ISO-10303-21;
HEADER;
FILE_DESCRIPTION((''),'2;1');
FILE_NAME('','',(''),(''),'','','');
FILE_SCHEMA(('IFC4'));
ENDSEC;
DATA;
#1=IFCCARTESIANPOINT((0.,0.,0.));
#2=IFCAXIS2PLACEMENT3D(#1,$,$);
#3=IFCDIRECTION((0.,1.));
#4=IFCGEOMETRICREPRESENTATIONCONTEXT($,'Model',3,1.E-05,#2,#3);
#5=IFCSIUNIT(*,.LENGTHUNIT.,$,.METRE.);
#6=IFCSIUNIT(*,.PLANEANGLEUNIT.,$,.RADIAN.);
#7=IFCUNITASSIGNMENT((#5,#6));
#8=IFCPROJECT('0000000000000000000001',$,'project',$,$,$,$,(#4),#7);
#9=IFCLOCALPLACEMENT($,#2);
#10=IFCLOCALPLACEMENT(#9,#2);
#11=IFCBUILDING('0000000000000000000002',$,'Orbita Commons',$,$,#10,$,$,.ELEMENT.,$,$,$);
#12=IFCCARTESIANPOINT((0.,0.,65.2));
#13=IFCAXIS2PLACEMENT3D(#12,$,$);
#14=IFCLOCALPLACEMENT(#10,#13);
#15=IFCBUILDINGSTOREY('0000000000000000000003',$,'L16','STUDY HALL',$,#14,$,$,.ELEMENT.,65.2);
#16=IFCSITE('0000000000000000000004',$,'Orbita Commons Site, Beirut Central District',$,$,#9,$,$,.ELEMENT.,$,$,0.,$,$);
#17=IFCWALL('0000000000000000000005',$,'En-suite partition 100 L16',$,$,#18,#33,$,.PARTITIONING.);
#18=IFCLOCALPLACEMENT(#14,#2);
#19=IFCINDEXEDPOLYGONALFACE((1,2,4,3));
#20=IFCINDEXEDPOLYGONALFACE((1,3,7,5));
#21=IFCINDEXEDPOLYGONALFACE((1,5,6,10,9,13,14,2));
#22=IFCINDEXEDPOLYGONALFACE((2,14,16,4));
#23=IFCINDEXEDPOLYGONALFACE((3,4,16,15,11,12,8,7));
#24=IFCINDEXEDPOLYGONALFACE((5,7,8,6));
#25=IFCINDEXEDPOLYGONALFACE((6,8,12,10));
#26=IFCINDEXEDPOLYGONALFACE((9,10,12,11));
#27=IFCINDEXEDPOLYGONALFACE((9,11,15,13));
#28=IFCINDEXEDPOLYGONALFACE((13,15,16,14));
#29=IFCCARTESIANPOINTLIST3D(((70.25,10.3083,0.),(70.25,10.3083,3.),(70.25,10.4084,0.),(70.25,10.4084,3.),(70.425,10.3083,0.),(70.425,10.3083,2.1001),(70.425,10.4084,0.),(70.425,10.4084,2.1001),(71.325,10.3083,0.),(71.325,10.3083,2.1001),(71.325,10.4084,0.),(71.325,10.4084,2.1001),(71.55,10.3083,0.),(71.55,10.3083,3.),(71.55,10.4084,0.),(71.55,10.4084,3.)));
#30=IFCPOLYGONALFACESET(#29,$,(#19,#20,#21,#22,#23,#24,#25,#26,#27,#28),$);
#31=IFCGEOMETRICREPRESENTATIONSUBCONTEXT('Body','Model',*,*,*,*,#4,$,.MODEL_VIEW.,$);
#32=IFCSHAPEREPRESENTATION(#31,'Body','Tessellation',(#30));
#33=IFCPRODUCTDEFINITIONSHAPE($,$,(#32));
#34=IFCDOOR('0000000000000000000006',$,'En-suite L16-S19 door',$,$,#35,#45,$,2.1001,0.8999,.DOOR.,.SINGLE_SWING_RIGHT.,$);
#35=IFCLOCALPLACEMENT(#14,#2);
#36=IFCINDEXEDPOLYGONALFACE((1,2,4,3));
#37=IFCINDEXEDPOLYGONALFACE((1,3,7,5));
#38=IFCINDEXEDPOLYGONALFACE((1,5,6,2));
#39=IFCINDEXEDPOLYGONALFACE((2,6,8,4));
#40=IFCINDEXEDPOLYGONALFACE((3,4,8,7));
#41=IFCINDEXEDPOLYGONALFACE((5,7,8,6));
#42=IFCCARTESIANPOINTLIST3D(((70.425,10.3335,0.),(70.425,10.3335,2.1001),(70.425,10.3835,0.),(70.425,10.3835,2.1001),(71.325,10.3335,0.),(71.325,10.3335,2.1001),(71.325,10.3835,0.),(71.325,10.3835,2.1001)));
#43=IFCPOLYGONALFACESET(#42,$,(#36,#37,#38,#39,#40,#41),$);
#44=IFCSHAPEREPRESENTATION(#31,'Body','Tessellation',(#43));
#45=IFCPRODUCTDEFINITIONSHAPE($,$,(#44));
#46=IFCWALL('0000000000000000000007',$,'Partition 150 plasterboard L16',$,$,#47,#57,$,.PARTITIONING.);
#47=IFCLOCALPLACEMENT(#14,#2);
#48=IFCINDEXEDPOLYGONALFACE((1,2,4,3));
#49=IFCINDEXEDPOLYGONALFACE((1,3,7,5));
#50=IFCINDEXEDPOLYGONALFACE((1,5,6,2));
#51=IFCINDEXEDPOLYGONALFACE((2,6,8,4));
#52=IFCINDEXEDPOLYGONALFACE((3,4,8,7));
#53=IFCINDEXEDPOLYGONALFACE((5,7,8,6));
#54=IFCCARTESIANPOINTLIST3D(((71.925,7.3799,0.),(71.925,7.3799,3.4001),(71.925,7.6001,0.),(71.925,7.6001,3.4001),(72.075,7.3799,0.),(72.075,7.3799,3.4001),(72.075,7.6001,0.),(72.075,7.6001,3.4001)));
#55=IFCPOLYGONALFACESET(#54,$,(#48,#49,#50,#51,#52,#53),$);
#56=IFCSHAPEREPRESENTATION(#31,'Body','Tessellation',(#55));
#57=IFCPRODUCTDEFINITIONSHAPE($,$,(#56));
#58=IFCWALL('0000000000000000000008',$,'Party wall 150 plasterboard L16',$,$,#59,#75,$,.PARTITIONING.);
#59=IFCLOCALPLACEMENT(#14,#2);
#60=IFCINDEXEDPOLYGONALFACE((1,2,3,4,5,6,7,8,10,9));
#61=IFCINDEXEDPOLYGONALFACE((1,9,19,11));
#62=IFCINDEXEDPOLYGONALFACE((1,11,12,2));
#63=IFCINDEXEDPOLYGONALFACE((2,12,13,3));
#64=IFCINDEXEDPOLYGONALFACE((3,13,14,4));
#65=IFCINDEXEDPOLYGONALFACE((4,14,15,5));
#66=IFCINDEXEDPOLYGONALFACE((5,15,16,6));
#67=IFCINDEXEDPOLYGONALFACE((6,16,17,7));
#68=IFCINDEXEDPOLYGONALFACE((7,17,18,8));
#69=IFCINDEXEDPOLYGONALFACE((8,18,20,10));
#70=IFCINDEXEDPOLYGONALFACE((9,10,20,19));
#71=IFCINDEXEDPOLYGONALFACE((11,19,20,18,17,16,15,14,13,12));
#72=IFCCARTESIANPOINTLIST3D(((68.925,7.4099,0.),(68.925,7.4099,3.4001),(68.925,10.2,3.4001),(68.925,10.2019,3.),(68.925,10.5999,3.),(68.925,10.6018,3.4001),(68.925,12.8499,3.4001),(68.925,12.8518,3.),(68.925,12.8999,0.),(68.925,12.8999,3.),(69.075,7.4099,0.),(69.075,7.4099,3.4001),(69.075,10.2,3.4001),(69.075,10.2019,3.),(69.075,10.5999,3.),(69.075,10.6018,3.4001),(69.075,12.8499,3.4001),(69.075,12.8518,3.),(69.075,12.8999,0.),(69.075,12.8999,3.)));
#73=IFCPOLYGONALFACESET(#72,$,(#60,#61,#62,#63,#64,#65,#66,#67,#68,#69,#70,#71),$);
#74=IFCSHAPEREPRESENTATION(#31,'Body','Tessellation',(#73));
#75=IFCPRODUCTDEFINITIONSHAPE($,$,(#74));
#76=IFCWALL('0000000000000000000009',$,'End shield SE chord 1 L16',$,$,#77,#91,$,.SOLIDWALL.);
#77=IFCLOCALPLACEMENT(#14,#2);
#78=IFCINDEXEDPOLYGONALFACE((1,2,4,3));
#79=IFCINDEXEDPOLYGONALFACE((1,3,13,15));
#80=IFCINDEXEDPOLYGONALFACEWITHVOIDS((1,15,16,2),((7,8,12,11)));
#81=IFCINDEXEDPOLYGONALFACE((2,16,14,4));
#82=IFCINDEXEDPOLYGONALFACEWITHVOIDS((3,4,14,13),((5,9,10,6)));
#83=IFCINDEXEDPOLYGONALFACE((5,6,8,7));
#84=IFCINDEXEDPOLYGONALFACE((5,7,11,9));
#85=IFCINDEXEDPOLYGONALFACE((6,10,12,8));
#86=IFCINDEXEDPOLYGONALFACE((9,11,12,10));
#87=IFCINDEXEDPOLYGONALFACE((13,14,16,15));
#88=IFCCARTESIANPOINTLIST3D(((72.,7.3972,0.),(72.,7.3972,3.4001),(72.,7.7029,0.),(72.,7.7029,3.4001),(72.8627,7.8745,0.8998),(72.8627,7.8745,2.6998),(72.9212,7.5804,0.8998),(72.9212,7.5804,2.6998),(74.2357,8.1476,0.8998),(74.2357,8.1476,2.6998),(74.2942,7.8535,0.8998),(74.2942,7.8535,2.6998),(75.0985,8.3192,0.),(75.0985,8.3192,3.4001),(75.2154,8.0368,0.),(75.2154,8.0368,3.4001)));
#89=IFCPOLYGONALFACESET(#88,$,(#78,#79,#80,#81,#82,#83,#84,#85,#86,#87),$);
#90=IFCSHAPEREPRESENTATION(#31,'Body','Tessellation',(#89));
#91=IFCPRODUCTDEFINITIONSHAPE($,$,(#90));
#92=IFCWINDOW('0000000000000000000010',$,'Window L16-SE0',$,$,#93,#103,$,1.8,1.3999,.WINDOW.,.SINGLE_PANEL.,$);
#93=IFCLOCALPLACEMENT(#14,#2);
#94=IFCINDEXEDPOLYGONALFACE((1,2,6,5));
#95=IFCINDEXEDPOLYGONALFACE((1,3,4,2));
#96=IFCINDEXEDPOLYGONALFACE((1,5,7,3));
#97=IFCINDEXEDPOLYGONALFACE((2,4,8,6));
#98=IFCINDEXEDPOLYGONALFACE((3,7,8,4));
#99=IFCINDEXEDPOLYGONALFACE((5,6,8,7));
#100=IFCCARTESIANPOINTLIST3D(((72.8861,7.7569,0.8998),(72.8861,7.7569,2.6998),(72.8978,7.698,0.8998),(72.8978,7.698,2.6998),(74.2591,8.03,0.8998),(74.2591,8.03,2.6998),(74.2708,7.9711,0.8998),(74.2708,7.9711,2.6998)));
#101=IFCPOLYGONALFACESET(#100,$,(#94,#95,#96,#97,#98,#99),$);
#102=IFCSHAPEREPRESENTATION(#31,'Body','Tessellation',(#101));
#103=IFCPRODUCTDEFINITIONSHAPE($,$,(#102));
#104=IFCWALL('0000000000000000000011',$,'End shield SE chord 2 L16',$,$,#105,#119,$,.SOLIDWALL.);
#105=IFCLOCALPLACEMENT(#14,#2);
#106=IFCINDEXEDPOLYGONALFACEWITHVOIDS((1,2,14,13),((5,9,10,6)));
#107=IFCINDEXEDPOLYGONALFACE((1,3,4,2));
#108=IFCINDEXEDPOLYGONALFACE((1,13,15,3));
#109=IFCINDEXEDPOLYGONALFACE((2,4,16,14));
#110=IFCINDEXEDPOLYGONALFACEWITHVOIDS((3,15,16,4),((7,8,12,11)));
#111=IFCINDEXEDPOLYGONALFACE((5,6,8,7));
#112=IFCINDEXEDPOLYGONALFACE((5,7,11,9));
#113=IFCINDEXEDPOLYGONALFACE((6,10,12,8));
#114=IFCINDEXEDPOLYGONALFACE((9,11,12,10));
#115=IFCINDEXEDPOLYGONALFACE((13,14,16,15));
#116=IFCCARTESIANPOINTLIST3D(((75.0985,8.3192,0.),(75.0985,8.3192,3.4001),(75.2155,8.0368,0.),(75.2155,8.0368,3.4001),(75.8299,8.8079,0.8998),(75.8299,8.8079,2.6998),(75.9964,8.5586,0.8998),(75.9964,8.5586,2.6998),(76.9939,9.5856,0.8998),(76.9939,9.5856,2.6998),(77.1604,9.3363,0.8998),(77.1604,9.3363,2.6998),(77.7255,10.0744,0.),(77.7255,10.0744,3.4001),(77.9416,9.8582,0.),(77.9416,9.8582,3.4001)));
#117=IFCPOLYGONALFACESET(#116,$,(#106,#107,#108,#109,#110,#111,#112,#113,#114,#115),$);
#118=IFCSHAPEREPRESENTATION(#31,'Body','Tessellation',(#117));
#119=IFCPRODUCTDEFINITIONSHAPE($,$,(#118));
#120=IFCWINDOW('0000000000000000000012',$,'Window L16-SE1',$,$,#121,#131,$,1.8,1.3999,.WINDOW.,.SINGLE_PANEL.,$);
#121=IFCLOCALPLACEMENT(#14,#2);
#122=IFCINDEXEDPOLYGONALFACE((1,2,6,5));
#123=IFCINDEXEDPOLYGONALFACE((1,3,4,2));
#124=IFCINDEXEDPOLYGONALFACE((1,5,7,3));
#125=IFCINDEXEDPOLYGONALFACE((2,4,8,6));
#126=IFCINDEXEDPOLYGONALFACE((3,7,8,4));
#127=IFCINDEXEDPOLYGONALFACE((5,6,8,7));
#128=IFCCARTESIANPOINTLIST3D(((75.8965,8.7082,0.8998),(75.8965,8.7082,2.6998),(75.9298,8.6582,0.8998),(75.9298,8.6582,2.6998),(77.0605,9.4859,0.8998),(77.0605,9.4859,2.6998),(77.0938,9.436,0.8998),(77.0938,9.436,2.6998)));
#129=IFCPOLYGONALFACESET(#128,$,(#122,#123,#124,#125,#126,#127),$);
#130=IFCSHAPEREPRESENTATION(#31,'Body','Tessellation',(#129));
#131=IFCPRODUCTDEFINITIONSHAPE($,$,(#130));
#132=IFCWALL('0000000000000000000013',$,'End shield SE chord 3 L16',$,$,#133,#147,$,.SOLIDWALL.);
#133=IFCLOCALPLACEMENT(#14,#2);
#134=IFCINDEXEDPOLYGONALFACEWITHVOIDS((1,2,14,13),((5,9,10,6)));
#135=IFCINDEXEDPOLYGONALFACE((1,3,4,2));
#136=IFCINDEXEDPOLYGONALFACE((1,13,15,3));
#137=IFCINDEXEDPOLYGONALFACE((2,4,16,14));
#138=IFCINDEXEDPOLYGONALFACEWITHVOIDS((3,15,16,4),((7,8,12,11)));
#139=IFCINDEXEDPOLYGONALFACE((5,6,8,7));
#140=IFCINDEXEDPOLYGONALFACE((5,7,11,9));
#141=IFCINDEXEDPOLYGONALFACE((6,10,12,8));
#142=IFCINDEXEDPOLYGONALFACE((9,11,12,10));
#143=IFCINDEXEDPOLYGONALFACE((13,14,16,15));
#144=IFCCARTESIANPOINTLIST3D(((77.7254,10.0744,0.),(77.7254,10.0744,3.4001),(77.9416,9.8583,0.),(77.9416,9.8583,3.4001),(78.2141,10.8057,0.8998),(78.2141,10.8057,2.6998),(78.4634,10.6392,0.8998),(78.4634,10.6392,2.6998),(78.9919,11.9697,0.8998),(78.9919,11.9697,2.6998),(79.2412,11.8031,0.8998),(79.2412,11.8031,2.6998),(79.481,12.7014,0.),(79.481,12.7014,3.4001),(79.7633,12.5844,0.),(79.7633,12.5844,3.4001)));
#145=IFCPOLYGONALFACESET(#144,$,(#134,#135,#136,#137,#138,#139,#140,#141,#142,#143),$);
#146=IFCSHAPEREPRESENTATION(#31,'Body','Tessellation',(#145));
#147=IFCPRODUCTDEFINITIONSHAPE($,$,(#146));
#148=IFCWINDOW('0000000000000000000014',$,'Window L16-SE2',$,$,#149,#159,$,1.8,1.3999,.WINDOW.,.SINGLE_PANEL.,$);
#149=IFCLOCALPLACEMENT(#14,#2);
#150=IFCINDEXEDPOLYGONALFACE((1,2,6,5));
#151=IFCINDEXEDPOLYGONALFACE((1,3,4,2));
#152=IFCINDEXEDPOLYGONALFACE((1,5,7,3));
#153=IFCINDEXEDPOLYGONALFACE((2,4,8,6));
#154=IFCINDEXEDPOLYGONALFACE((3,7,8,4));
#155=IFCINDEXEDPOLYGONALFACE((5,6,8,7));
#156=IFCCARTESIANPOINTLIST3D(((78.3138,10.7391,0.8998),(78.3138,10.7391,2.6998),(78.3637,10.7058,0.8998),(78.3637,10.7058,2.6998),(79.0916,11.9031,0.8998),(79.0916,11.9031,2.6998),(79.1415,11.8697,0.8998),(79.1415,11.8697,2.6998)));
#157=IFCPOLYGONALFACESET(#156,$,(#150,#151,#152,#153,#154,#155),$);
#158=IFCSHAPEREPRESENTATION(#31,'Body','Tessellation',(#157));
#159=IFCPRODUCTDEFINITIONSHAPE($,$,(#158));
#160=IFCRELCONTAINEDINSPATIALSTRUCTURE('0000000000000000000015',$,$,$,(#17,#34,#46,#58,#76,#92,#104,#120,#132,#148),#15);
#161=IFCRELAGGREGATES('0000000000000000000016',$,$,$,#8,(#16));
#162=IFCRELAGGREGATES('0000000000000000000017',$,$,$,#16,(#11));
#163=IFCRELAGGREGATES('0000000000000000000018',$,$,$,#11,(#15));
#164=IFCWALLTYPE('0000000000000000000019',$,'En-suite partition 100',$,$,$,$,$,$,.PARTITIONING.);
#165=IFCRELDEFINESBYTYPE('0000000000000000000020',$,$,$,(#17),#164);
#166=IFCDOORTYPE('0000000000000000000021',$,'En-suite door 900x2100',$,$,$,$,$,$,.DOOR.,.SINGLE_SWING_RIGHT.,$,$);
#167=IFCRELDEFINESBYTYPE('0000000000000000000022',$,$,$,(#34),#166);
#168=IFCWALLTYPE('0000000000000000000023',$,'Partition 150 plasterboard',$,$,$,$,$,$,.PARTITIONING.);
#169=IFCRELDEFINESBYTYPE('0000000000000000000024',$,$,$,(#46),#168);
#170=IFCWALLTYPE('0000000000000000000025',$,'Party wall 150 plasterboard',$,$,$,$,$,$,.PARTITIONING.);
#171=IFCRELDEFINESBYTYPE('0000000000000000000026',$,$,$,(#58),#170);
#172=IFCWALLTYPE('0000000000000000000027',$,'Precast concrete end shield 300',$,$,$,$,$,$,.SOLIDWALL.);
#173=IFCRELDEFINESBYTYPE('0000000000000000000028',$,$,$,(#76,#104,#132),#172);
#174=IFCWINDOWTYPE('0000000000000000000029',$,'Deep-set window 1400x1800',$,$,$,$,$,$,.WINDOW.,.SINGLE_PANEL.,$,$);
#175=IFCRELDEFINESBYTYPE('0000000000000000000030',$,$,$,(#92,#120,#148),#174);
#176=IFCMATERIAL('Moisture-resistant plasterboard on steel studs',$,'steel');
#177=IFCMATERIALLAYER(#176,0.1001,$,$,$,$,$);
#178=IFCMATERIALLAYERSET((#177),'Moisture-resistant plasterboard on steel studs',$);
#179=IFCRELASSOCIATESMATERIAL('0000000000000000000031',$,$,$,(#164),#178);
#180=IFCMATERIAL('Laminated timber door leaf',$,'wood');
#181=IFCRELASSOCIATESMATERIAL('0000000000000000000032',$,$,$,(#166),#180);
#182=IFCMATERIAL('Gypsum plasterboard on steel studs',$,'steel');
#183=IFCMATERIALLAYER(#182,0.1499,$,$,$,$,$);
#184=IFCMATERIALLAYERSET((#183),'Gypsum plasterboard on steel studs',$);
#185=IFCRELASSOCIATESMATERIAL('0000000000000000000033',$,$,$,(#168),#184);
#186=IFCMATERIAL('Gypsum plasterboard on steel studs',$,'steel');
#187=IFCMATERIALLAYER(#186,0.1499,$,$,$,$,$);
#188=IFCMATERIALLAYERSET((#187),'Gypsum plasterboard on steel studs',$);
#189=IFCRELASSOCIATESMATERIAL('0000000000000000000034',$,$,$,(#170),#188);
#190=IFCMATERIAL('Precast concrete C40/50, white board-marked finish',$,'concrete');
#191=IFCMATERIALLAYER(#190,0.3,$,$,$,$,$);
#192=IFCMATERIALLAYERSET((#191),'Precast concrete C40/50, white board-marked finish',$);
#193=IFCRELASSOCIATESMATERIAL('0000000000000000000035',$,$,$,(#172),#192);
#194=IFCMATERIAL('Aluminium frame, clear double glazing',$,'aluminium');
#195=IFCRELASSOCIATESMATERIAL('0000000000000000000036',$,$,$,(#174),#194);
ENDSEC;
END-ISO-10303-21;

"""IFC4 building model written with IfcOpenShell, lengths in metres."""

from ifc_helpers import new_model, si_unit, direction, frame, frame_2d, origin, place, context, subcontext, project, spatial, polyline, rectangle, outline, extrude, material, layer, layer_set, type_object, element, fill, save


model = new_model("IFC4")

# Units and contexts
model_context = context("Model", 3, precision=1e-05, world=origin(), true_north=direction((0.0, 1.0)))
body_context = subcontext(model_context, "Body", "Model", "MODEL_VIEW")
ifc_project = project(units=[si_unit("LENGTHUNIT", "METRE"), si_unit("PLANEANGLEUNIT", "RADIAN")], contexts=[model_context])

# Site, building, storey
site_placement = place(None, origin())
site = spatial("IfcSite", under=ifc_project, at=site_placement, Name="Orbita Commons Site, Beirut Central District", CompositionType="ELEMENT", RefElevation=0.0)
building_placement = place(site_placement, origin())
building = spatial("IfcBuilding", under=site, at=building_placement, Name="Orbita Commons", CompositionType="ELEMENT")
storey_placement = place(building_placement, frame((0.0, 0.0, 65.2)))
storey = spatial("IfcBuildingStorey", under=building, at=storey_placement, Name="L16", Description="STUDY HALL", CompositionType="ELEMENT", Elevation=65.2)

# Wall, opening, door
ifc_material_1 = material(Name="Moisture-resistant plasterboard on steel studs", Category="steel")
ifc_layer_1 = layer(ifc_material_1, 0.1001)
ifc_layer_set_1 = layer_set([ifc_layer_1], Name="Moisture-resistant plasterboard on steel studs")
wall_type_1 = type_object("IfcWallType", Name="En-suite partition 100", PredefinedType="PARTITIONING", material=ifc_layer_set_1)
ifc_material_2 = material(Name="Laminated timber door leaf", Category="wood")
door_type = type_object("IfcDoorType", Name="En-suite door 900x2100", OperationType="SINGLE_SWING_RIGHT", PredefinedType="DOOR", material=ifc_material_2)
wall_1_placement = place(storey_placement, frame((71.55, 10.3584, 0.0), z_axis=(0.0, 0.0, 1.0), x_axis=(-1.0, 0.0, 0.0)))
wall_1 = element("IfcWall", 1, at=wall_1_placement, inside=storey, type_object=wall_type_1, Name="En-suite partition 100 L16", PredefinedType="PARTITIONING", context=body_context, shape_type="SweptSolid", body=[
    extrude(outline(polyline([(0.0, 0.0), (1.3, 0.0), (1.3, 3.0), (0.0, 3.0), (0.0, 0.0)])), frame((0.0, 0.05, 0.0), z_axis=(0.0, -1.0, 0.0), x_axis=(1.0, 0.0, 0.0)), (0.0, 0.0, 1.0), 0.1001),
])
opening_1_placement = place(wall_1_placement, frame((0.2251, 0.0, 0.0)))
opening_1 = element("IfcOpeningElement", 2, at=opening_1_placement, cuts=wall_1, PredefinedType="OPENING", context=body_context, shape_type="SweptSolid", body=[
    extrude(rectangle(XDim=0.8999, YDim=2.1001, at=frame_2d((0.45, 1.05))), frame((0.0, 0.0601, 0.0), z_axis=(0.0, -1.0, 0.0), x_axis=(1.0, 0.0, 0.0)), (0.0, 0.0, 1.0), 0.1201),
])
door_1_placement = place(opening_1_placement, origin())
door_1 = element("IfcDoor", 3, at=door_1_placement, inside=storey, type_object=door_type, Name="En-suite L16-S19 door", OperationType="SINGLE_SWING_RIGHT", OverallHeight=2.1001, OverallWidth=0.8999, PredefinedType="DOOR", context=body_context, shape_type="SweptSolid", body=[
    extrude(rectangle(XDim=0.8999, YDim=2.1001, at=frame_2d((0.45, 1.05))), frame((0.0, 0.0249, 0.0), z_axis=(0.0, -1.0, 0.0), x_axis=(1.0, 0.0, 0.0)), (0.0, 0.0, 1.0), 0.05),
])
fill(opening_1, door_1)

# Walls
ifc_material_3 = material(Name="Gypsum plasterboard on steel studs", Category="steel")
ifc_layer_2 = layer(ifc_material_3, 0.1499)
ifc_layer_set_2 = layer_set([ifc_layer_2], Name="Gypsum plasterboard on steel studs")
wall_type_2 = type_object("IfcWallType", Name="Partition 150 plasterboard", PredefinedType="PARTITIONING", material=ifc_layer_set_2)
wall_2_placement = place(storey_placement, frame((72.0, 7.6001, 0.0), z_axis=(0.0, 0.0, 1.0), x_axis=(0.0, -1.0, 0.0)))
element("IfcWall", 4, at=wall_2_placement, inside=storey, type_object=wall_type_2, Name="Partition 150 plasterboard L16", PredefinedType="PARTITIONING", context=body_context, shape_type="SweptSolid", body=[
    extrude(rectangle(XDim=0.2202, YDim=0.1499, at=frame_2d((0.1101, 0.0))), origin(), (0.0, 0.0, 1.0), 3.4001),
])
ifc_material_4 = material(Name="Gypsum plasterboard on steel studs", Category="steel")
ifc_layer_3 = layer(ifc_material_4, 0.1499)
ifc_layer_set_3 = layer_set([ifc_layer_3], Name="Gypsum plasterboard on steel studs")
wall_type_3 = type_object("IfcWallType", Name="Party wall 150 plasterboard", PredefinedType="PARTITIONING", material=ifc_layer_set_3)
wall_3_placement = place(storey_placement, frame((69.0, 7.4099, 0.0), z_axis=(0.0, 0.0, 1.0), x_axis=(0.0, 1.0, 0.0)))
element("IfcWall", 5, at=wall_3_placement, inside=storey, type_object=wall_type_3, Name="Party wall 150 plasterboard L16", PredefinedType="PARTITIONING", context=body_context, shape_type="SweptSolid", body=[
    extrude(outline(polyline([(0.0, 0.0), (5.49, 0.0), (5.49, 3.0), (5.4419, 3.0), (5.4399, 3.4001), (3.1919, 3.4001), (3.1899, 3.0), (2.792, 3.0), (2.79, 3.4001), (0.0, 3.4001), (0.0, 0.0)])), frame((0.0, 0.075, 0.0), z_axis=(0.0, -1.0, 0.0), x_axis=(1.0, 0.0, 0.0)), (0.0, 0.0, 1.0), 0.1499),
])

# Walls, openings, windows
ifc_material_5 = material(Name="Precast concrete C40/50, white board-marked finish", Category="concrete")
ifc_layer_4 = layer(ifc_material_5, 0.3)
ifc_layer_set_4 = layer_set([ifc_layer_4], Name="Precast concrete C40/50, white board-marked finish")
wall_type_4 = type_object("IfcWallType", Name="Precast concrete end shield 300", PredefinedType="SOLIDWALL", material=ifc_layer_set_4)
wall_4_placement = place(storey_placement, frame((72.0, 7.55, 0.0), z_axis=(0.0, 0.0, 1.0), x_axis=(0.980787, 0.19508, 0.0)))
wall_4 = element("IfcWall", 6, at=wall_4_placement, inside=storey, type_object=wall_type_4, Name="End shield SE chord 1 L16", PredefinedType="SOLIDWALL", context=body_context, shape_type="SweptSolid", body=[
    extrude(outline(polyline([(-0.0298, -0.1499), (3.2485, -0.1499), (3.189, 0.1499), (0.0298, 0.1499), (-0.0298, -0.1499)])), origin(), (0.0, 0.0, 1.0), 3.4001),
])
opening_2_placement = place(wall_4_placement, frame((0.9094, 0.0, 0.8999)))
opening_2 = element("IfcOpeningElement", 7, at=opening_2_placement, cuts=wall_4, PredefinedType="OPENING", context=body_context, shape_type="SweptSolid", body=[
    extrude(rectangle(XDim=1.3999, YDim=1.8, at=frame_2d((0.7, 0.8999))), frame((0.0, 0.1599, 0.0), z_axis=(0.0, -1.0, 0.0), x_axis=(1.0, 0.0, 0.0)), (0.0, 0.0, 1.0), 0.3201),
])
ifc_material_6 = material(Name="Aluminium frame, clear double glazing", Category="aluminium")
window_type = type_object("IfcWindowType", Name="Deep-set window 1400x1800", PartitioningType="SINGLE_PANEL", PredefinedType="WINDOW", material=ifc_material_6)
window_1_placement = place(opening_2_placement, origin())
window_1 = element("IfcWindow", 8, at=window_1_placement, inside=storey, type_object=window_type, Name="Window L16-SE0", OverallHeight=1.8, OverallWidth=1.3999, PartitioningType="SINGLE_PANEL", PredefinedType="WINDOW", context=body_context, shape_type="SweptSolid", body=[
    extrude(rectangle(XDim=1.3999, YDim=1.8, at=frame_2d((0.7, 0.8999))), frame((0.0, 0.03, 0.0), z_axis=(0.0, -1.0, 0.0), x_axis=(1.0, 0.0, 0.0)), (0.0, 0.0, 1.0), 0.0601),
])
fill(opening_2, window_1)
wall_5_placement = place(storey_placement, frame((75.157, 8.178, 0.0), z_axis=(0.0, 0.0, 1.0), x_axis=(0.831478, 0.555558, 0.0)))
wall_5 = element("IfcWall", 9, at=wall_5_placement, inside=storey, type_object=wall_type_4, Name="End shield SE chord 2 L16", PredefinedType="SOLIDWALL", context=body_context, shape_type="SweptSolid", body=[
    extrude(outline(polyline([(-0.0298, -0.1499), (3.2488, -0.1499), (3.1892, 0.1499), (0.0298, 0.1499), (-0.0298, -0.1499)])), origin(), (0.0, 0.0, 1.0), 3.4001),
])
opening_3_placement = place(wall_5_placement, frame((0.9094, 0.0, 0.8999)))
opening_3 = element("IfcOpeningElement", 10, at=opening_3_placement, cuts=wall_5, PredefinedType="OPENING", context=body_context, shape_type="SweptSolid", body=[
    extrude(rectangle(XDim=1.3999, YDim=1.8, at=frame_2d((0.7, 0.8999))), frame((0.0, 0.1599, 0.0), z_axis=(0.0, -1.0, 0.0), x_axis=(1.0, 0.0, 0.0)), (0.0, 0.0, 1.0), 0.3201),
])
window_2_placement = place(opening_3_placement, origin())
window_2 = element("IfcWindow", 11, at=window_2_placement, inside=storey, type_object=window_type, Name="Window L16-SE1", OverallHeight=1.8, OverallWidth=1.3999, PartitioningType="SINGLE_PANEL", PredefinedType="WINDOW", context=body_context, shape_type="SweptSolid", body=[
    extrude(rectangle(XDim=1.3999, YDim=1.8, at=frame_2d((0.7, 0.8999))), frame((0.0, 0.03, 0.0), z_axis=(0.0, -1.0, 0.0), x_axis=(1.0, 0.0, 0.0)), (0.0, 0.0, 1.0), 0.0601),
])
fill(opening_3, window_2)
wall_6_placement = place(storey_placement, frame((77.8335, 9.9663, 0.0), z_axis=(0.0, 0.0, 1.0), x_axis=(0.55561, 0.831443, 0.0)))
wall_6 = element("IfcWall", 12, at=wall_6_placement, inside=storey, type_object=wall_type_4, Name="End shield SE chord 3 L16", PredefinedType="SOLIDWALL", context=body_context, shape_type="SweptSolid", body=[
    extrude(outline(polyline([(-0.0298, -0.1499), (3.249, -0.1499), (3.1895, 0.1499), (0.0298, 0.1499), (-0.0298, -0.1499)])), origin(), (0.0, 0.0, 1.0), 3.4001),
])
opening_4_placement = place(wall_6_placement, frame((0.9094, 0.0, 0.8999)))
opening_4 = element("IfcOpeningElement", 13, at=opening_4_placement, cuts=wall_6, PredefinedType="OPENING", context=body_context, shape_type="SweptSolid", body=[
    extrude(rectangle(XDim=1.3999, YDim=1.8, at=frame_2d((0.7, 0.8999))), frame((0.0, 0.1599, 0.0), z_axis=(0.0, -1.0, 0.0), x_axis=(1.0, 0.0, 0.0)), (0.0, 0.0, 1.0), 0.3201),
])
window_3_placement = place(opening_4_placement, origin())
window_3 = element("IfcWindow", 14, at=window_3_placement, inside=storey, type_object=window_type, Name="Window L16-SE2", OverallHeight=1.8, OverallWidth=1.3999, PartitioningType="SINGLE_PANEL", PredefinedType="WINDOW", context=body_context, shape_type="SweptSolid", body=[
    extrude(rectangle(XDim=1.3999, YDim=1.8, at=frame_2d((0.7, 0.8999))), frame((0.0, 0.03, 0.0), z_axis=(0.0, -1.0, 0.0), x_axis=(1.0, 0.0, 0.0)), (0.0, 0.0, 1.0), 0.0601),
])
fill(opening_4, window_3)

save(model, "model.ifc")
